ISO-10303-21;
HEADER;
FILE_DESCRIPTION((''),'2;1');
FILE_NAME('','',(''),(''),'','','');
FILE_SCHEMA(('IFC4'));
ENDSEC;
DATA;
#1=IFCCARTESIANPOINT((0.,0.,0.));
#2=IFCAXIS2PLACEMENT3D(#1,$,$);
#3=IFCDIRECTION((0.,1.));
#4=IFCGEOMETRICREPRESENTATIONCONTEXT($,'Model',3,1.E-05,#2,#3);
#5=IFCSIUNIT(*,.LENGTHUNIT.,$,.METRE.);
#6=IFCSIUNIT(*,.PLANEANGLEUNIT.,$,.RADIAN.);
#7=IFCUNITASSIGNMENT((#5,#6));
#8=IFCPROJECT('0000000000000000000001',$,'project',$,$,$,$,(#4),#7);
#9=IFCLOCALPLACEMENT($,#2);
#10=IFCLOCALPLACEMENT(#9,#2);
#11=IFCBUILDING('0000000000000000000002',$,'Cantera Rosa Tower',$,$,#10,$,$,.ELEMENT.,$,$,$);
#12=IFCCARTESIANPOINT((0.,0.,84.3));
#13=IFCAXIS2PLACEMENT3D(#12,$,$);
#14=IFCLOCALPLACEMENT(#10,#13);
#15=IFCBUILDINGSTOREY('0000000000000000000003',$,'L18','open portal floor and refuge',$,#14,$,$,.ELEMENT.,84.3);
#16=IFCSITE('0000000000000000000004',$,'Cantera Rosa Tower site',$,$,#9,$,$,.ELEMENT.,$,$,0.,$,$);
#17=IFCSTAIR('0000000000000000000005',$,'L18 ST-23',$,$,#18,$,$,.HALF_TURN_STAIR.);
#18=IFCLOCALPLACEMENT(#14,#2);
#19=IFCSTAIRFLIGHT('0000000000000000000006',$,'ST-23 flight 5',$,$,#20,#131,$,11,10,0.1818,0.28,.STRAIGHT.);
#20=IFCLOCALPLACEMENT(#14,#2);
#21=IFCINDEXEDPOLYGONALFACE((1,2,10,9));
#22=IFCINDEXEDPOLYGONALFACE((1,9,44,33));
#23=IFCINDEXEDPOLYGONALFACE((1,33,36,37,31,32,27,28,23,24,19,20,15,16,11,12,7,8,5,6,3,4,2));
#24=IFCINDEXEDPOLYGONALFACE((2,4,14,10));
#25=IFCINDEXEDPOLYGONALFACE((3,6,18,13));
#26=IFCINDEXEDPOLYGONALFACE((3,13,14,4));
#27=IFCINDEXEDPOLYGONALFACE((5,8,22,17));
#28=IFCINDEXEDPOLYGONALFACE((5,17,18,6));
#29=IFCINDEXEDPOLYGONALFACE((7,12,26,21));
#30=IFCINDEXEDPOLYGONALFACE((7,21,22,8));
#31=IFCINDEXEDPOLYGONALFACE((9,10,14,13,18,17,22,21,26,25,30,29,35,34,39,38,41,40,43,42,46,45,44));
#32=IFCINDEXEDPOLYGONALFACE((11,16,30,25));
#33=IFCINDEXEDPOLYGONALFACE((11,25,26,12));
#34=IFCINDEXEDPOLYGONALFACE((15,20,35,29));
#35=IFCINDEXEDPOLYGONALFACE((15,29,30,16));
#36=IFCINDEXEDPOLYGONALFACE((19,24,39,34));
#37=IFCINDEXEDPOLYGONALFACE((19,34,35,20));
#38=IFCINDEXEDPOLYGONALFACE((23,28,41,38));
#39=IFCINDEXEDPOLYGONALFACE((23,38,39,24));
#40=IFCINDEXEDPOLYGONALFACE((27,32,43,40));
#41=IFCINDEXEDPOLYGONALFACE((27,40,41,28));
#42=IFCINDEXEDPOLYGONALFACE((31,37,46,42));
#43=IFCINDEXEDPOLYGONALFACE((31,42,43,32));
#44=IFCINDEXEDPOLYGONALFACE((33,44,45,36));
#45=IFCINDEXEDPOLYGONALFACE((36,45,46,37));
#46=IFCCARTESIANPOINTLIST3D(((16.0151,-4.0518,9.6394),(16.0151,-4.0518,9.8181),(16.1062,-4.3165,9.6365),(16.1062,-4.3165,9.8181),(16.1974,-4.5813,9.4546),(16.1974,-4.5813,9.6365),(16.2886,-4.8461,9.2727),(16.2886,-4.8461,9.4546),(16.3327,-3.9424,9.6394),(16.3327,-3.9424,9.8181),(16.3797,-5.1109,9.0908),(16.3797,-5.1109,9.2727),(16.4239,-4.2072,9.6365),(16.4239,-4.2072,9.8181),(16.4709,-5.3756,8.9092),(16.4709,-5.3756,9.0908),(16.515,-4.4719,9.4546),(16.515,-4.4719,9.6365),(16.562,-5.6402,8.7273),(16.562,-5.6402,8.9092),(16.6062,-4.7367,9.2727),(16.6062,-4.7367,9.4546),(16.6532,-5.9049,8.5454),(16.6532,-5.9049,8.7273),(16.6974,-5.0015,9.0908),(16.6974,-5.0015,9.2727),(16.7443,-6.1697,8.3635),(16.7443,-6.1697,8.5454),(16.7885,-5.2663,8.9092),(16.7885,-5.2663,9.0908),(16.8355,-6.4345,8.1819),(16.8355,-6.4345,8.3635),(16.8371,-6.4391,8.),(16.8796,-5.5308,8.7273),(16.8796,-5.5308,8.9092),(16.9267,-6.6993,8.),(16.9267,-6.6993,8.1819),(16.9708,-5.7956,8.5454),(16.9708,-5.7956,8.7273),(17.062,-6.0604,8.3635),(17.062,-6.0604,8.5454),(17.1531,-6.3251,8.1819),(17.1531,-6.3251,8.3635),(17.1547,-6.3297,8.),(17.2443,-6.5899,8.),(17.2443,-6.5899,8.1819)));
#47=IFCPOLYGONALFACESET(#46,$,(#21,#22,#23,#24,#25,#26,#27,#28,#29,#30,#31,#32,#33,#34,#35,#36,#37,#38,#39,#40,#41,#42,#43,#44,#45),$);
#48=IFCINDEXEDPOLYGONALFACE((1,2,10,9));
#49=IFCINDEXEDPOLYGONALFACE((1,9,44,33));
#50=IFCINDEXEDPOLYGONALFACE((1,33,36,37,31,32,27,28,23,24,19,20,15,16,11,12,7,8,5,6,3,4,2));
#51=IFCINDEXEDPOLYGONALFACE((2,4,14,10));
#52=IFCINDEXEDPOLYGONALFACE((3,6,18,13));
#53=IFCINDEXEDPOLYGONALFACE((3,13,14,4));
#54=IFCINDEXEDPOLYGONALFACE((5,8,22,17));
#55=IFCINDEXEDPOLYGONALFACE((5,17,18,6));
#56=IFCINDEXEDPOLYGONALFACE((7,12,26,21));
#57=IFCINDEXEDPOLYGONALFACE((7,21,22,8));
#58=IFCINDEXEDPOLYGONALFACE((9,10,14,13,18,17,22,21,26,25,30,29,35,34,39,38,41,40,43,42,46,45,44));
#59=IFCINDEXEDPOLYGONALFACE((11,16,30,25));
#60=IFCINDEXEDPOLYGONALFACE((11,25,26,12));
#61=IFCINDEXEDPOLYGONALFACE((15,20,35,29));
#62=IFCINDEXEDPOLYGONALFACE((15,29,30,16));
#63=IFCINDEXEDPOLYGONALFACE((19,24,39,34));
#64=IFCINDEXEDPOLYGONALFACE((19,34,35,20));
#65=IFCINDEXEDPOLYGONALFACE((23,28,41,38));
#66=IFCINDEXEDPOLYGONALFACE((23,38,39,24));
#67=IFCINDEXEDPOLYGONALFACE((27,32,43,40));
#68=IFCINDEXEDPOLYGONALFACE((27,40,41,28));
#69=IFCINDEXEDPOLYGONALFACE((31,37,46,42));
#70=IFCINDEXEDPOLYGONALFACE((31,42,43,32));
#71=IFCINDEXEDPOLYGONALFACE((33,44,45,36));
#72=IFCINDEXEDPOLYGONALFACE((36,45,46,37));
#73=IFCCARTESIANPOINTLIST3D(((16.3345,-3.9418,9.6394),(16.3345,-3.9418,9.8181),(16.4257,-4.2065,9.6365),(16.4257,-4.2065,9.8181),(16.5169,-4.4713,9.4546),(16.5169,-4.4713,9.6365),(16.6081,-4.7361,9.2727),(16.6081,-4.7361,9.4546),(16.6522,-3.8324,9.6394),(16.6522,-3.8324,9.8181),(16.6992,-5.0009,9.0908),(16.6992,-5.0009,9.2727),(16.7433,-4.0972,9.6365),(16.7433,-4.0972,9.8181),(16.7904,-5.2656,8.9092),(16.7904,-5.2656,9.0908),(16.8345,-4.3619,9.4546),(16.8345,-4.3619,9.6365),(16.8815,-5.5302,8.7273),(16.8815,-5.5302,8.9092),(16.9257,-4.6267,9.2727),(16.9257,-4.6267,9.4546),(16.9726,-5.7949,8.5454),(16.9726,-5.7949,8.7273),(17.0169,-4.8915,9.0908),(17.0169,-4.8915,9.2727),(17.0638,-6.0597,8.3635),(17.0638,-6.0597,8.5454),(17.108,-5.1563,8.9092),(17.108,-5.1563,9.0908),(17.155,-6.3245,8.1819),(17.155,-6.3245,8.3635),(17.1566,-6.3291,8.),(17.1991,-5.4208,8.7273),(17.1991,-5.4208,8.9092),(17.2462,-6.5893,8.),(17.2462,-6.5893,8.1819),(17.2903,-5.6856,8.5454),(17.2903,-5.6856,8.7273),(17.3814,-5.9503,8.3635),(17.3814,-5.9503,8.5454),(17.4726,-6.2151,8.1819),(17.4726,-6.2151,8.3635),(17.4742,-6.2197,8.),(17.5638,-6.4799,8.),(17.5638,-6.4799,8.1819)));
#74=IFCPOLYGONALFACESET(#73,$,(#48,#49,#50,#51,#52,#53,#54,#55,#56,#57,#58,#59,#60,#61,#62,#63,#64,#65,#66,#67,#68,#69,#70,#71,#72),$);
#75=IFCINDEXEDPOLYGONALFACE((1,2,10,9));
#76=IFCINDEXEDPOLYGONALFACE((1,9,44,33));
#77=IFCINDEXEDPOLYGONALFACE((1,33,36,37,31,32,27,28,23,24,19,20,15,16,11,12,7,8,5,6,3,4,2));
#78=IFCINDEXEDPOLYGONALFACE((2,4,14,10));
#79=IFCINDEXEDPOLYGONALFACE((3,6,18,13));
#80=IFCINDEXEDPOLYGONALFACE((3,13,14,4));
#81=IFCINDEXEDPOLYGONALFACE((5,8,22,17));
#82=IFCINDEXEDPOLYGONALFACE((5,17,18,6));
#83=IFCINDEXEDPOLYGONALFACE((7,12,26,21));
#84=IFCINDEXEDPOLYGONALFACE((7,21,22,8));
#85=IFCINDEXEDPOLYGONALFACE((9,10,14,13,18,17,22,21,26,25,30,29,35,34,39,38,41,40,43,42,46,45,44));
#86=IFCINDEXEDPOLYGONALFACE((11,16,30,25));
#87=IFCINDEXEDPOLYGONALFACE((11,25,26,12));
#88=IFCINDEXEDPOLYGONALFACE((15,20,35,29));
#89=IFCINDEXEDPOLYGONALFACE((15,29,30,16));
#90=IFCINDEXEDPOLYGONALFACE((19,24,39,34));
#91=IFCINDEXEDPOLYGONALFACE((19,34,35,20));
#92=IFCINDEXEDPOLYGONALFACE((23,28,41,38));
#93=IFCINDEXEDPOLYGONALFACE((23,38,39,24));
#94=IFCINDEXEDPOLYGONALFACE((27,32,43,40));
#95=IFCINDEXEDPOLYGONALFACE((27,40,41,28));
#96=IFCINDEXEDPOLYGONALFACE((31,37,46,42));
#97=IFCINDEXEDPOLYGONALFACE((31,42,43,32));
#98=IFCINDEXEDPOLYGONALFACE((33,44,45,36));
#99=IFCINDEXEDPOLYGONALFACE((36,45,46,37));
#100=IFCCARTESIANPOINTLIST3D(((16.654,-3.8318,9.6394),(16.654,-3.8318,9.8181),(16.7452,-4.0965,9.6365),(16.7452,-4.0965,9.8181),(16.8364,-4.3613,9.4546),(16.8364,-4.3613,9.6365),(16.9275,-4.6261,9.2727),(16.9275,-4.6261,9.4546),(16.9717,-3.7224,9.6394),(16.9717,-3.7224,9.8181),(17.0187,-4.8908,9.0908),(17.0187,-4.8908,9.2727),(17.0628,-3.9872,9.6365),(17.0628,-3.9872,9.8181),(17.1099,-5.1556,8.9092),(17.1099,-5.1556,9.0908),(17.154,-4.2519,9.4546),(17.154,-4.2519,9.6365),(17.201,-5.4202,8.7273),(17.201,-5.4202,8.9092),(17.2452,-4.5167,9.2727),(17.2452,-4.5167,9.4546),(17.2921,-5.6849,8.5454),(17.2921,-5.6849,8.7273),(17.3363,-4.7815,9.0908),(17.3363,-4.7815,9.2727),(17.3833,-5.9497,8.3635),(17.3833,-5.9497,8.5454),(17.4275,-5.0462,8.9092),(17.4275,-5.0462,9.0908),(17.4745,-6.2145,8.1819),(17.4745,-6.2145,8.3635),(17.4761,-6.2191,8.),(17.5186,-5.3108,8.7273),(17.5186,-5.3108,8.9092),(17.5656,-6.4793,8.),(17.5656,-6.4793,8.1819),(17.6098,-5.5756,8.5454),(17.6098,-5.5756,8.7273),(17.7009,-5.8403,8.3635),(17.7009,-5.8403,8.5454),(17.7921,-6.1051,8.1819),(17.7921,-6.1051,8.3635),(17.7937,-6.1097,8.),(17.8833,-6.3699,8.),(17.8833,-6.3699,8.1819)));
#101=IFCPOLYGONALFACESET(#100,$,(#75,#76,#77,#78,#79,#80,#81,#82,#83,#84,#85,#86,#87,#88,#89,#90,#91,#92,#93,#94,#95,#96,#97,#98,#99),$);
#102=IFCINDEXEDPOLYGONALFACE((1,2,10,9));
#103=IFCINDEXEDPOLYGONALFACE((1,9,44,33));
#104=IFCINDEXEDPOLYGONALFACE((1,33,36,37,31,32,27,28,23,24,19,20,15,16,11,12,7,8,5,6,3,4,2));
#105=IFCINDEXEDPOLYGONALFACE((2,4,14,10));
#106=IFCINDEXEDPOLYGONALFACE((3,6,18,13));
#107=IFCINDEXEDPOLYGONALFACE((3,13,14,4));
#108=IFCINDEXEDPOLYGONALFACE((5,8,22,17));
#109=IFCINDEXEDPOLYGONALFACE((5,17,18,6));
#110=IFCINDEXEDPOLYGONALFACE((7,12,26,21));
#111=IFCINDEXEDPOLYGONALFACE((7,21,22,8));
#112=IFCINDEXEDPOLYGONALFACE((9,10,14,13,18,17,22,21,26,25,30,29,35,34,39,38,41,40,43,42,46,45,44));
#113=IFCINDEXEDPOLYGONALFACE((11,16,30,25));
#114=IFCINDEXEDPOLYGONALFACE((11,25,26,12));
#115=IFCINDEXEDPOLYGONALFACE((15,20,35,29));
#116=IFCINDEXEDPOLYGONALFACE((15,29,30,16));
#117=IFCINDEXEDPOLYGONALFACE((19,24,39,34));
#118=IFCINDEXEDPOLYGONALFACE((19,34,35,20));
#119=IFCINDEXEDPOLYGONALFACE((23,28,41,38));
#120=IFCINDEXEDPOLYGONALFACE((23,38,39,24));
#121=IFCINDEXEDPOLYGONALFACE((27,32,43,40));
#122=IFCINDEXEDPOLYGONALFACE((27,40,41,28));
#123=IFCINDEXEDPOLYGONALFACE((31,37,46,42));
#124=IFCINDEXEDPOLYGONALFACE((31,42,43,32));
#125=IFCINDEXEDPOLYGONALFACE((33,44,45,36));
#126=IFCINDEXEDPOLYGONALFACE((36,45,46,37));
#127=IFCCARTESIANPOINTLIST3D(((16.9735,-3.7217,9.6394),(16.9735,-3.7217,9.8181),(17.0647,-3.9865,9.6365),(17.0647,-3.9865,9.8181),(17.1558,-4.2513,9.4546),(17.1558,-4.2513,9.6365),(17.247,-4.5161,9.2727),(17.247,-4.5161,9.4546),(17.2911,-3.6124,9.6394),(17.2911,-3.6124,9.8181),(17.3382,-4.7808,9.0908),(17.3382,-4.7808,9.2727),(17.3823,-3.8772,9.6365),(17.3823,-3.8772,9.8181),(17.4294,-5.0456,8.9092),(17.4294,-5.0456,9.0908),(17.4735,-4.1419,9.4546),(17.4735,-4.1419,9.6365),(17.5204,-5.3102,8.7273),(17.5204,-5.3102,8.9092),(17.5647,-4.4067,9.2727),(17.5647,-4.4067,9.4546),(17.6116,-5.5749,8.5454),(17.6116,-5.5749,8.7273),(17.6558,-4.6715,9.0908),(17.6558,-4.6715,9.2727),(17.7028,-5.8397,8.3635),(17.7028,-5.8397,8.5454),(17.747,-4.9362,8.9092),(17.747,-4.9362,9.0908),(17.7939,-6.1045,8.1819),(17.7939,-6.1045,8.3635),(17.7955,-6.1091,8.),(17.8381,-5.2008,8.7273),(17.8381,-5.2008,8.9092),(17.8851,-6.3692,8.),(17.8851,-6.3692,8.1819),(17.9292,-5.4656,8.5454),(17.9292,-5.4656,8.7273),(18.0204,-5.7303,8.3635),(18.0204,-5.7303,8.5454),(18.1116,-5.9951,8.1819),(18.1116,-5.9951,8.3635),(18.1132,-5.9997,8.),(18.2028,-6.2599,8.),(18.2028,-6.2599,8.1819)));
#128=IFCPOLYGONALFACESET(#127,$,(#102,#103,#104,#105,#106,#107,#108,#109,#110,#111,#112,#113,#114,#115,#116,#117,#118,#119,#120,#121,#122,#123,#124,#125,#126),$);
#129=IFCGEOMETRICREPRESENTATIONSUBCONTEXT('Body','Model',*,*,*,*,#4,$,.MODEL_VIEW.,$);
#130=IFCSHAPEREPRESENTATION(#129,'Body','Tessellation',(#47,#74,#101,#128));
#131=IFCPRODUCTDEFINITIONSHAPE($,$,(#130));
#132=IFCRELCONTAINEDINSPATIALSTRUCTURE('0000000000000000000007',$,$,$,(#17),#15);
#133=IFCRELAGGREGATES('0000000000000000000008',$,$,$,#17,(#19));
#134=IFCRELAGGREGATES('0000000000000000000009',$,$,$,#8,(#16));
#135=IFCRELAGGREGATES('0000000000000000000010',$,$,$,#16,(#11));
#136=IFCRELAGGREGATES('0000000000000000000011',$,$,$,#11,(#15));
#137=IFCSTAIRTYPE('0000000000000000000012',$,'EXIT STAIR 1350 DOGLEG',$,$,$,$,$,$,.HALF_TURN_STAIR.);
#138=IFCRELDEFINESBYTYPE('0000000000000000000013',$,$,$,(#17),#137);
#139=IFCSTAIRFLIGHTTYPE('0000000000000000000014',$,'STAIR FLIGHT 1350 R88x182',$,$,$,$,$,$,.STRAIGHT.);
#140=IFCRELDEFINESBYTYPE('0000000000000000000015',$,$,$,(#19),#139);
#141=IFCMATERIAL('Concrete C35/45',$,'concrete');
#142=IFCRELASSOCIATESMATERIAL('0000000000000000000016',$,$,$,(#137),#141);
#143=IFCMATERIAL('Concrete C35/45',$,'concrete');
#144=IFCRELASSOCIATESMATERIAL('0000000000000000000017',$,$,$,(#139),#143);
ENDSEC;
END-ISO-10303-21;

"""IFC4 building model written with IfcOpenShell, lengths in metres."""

from ifc_helpers import new_model, si_unit, direction, frame, origin, place, context, subcontext, project, spatial, polyline, outline, extrude, material, type_object, element, aggregate, save


model = new_model("IFC4")

# Units and contexts
model_context = context("Model", 3, precision=1e-05, world=origin(), true_north=direction((0.0, 1.0)))
body_context = subcontext(model_context, "Body", "Model", "MODEL_VIEW")
ifc_project = project(units=[si_unit("LENGTHUNIT", "METRE"), si_unit("PLANEANGLEUNIT", "RADIAN")], contexts=[model_context])

# Site, building, storey
site_placement = place(None, origin())
site = spatial("IfcSite", under=ifc_project, at=site_placement, Name="Cantera Rosa Tower site", CompositionType="ELEMENT", RefElevation=0.0)
building_placement = place(site_placement, origin())
building = spatial("IfcBuilding", under=site, at=building_placement, Name="Cantera Rosa Tower", CompositionType="ELEMENT")
storey_placement = place(building_placement, frame((0.0, 0.0, 84.3)))
storey = spatial("IfcBuildingStorey", under=building, at=storey_placement, Name="L18", Description="open portal floor and refuge", CompositionType="ELEMENT", Elevation=84.3)

# Stair, stair flight
ifc_material_1 = material(Name="Concrete C35/45", Category="concrete")
stair_type = type_object("IfcStairType", Name="EXIT STAIR 1350 DOGLEG", PredefinedType="HALF_TURN_STAIR", material=ifc_material_1)
stair_placement = place(storey_placement, origin())
stair = element("IfcStair", 1, at=stair_placement, inside=storey, type_object=stair_type, Name="L18 ST-23", PredefinedType="HALF_TURN_STAIR")
ifc_material_2 = material(Name="Concrete C35/45", Category="concrete")
stair_flight_type = type_object("IfcStairFlightType", Name="STAIR FLIGHT 1350 R88x182", PredefinedType="STRAIGHT", material=ifc_material_2)
stair_flight_1_placement = place(storey_placement, frame((17.5649, -6.4795, 8.0), z_axis=(0.0, 0.0, 1.0), x_axis=(-0.325568, 0.945519, 0.0)))
stair_flight_1 = element("IfcStairFlight", 2, at=stair_flight_1_placement, type_object=stair_flight_type, Name="ST-23 flight 5", NumberOfRisers=11, NumberOfTreads=10, PredefinedType="STRAIGHT", RiserHeight=0.1818, TreadLength=0.28, context=body_context, shape_type="SweptSolid", body=[
    extrude(outline(polyline([(0.0, 0.0), (0.0, 0.1819), (0.28, 0.1819), (0.28, 0.3635), (0.5601, 0.3635), (0.5601, 0.5454), (0.8401, 0.5454), (0.8401, 0.7273), (1.1201, 0.7273), (1.1201, 0.9092), (1.3999, 0.9092), (1.3999, 1.0908), (1.6799, 1.0908), (1.6799, 1.2727), (1.96, 1.2727), (1.96, 1.4546), (2.24, 1.4546), (2.24, 1.6365), (2.52, 1.6365), (2.52, 1.8181), (2.8, 1.8181), (2.8, 2.0), (2.8, 1.6394), (0.2751, 0.0), (0.0, 0.0)])), frame((0.0, 0.675, 0.0), z_axis=(0.0, -1.0, 0.0), x_axis=(1.0, 0.0, 0.0)), (0.0, 0.0, 1.0), 0.3359),
    extrude(outline(polyline([(0.0, 0.0), (0.0, 0.1819), (0.28, 0.1819), (0.28, 0.3635), (0.5601, 0.3635), (0.5601, 0.5454), (0.8401, 0.5454), (0.8401, 0.7273), (1.1201, 0.7273), (1.1201, 0.9092), (1.3999, 0.9092), (1.3999, 1.0908), (1.6799, 1.0908), (1.6799, 1.2727), (1.96, 1.2727), (1.96, 1.4546), (2.24, 1.4546), (2.24, 1.6365), (2.52, 1.6365), (2.52, 1.8181), (2.8, 1.8181), (2.8, 2.0), (2.8, 1.6394), (0.2751, 0.0), (0.0, 0.0)])), frame((0.0, 0.3372, 0.0), z_axis=(0.0, -1.0, 0.0), x_axis=(1.0, 0.0, 0.0)), (0.0, 0.0, 1.0), 0.3359),
    extrude(outline(polyline([(0.0, 0.0), (0.0, 0.1819), (0.28, 0.1819), (0.28, 0.3635), (0.5601, 0.3635), (0.5601, 0.5454), (0.8401, 0.5454), (0.8401, 0.7273), (1.1201, 0.7273), (1.1201, 0.9092), (1.3999, 0.9092), (1.3999, 1.0908), (1.6799, 1.0908), (1.6799, 1.2727), (1.96, 1.2727), (1.96, 1.4546), (2.24, 1.4546), (2.24, 1.6365), (2.52, 1.6365), (2.52, 1.8181), (2.8, 1.8181), (2.8, 2.0), (2.8, 1.6394), (0.2751, 0.0), (0.0, 0.0)])), frame((0.0, -0.0007, 0.0), z_axis=(0.0, -1.0, 0.0), x_axis=(1.0, 0.0, 0.0)), (0.0, 0.0, 1.0), 0.3359),
    extrude(outline(polyline([(0.0, 0.0), (0.0, 0.1819), (0.28, 0.1819), (0.28, 0.3635), (0.5601, 0.3635), (0.5601, 0.5454), (0.8401, 0.5454), (0.8401, 0.7273), (1.1201, 0.7273), (1.1201, 0.9092), (1.3999, 0.9092), (1.3999, 1.0908), (1.6799, 1.0908), (1.6799, 1.2727), (1.96, 1.2727), (1.96, 1.4546), (2.24, 1.4546), (2.24, 1.6365), (2.52, 1.6365), (2.52, 1.8181), (2.8, 1.8181), (2.8, 2.0), (2.8, 1.6394), (0.2751, 0.0), (0.0, 0.0)])), frame((0.0, -0.3386, 0.0), z_axis=(0.0, -1.0, 0.0), x_axis=(1.0, 0.0, 0.0)), (0.0, 0.0, 1.0), 0.3359),
])
aggregate(stair, [stair_flight_1])

save(model, "model.ifc")
